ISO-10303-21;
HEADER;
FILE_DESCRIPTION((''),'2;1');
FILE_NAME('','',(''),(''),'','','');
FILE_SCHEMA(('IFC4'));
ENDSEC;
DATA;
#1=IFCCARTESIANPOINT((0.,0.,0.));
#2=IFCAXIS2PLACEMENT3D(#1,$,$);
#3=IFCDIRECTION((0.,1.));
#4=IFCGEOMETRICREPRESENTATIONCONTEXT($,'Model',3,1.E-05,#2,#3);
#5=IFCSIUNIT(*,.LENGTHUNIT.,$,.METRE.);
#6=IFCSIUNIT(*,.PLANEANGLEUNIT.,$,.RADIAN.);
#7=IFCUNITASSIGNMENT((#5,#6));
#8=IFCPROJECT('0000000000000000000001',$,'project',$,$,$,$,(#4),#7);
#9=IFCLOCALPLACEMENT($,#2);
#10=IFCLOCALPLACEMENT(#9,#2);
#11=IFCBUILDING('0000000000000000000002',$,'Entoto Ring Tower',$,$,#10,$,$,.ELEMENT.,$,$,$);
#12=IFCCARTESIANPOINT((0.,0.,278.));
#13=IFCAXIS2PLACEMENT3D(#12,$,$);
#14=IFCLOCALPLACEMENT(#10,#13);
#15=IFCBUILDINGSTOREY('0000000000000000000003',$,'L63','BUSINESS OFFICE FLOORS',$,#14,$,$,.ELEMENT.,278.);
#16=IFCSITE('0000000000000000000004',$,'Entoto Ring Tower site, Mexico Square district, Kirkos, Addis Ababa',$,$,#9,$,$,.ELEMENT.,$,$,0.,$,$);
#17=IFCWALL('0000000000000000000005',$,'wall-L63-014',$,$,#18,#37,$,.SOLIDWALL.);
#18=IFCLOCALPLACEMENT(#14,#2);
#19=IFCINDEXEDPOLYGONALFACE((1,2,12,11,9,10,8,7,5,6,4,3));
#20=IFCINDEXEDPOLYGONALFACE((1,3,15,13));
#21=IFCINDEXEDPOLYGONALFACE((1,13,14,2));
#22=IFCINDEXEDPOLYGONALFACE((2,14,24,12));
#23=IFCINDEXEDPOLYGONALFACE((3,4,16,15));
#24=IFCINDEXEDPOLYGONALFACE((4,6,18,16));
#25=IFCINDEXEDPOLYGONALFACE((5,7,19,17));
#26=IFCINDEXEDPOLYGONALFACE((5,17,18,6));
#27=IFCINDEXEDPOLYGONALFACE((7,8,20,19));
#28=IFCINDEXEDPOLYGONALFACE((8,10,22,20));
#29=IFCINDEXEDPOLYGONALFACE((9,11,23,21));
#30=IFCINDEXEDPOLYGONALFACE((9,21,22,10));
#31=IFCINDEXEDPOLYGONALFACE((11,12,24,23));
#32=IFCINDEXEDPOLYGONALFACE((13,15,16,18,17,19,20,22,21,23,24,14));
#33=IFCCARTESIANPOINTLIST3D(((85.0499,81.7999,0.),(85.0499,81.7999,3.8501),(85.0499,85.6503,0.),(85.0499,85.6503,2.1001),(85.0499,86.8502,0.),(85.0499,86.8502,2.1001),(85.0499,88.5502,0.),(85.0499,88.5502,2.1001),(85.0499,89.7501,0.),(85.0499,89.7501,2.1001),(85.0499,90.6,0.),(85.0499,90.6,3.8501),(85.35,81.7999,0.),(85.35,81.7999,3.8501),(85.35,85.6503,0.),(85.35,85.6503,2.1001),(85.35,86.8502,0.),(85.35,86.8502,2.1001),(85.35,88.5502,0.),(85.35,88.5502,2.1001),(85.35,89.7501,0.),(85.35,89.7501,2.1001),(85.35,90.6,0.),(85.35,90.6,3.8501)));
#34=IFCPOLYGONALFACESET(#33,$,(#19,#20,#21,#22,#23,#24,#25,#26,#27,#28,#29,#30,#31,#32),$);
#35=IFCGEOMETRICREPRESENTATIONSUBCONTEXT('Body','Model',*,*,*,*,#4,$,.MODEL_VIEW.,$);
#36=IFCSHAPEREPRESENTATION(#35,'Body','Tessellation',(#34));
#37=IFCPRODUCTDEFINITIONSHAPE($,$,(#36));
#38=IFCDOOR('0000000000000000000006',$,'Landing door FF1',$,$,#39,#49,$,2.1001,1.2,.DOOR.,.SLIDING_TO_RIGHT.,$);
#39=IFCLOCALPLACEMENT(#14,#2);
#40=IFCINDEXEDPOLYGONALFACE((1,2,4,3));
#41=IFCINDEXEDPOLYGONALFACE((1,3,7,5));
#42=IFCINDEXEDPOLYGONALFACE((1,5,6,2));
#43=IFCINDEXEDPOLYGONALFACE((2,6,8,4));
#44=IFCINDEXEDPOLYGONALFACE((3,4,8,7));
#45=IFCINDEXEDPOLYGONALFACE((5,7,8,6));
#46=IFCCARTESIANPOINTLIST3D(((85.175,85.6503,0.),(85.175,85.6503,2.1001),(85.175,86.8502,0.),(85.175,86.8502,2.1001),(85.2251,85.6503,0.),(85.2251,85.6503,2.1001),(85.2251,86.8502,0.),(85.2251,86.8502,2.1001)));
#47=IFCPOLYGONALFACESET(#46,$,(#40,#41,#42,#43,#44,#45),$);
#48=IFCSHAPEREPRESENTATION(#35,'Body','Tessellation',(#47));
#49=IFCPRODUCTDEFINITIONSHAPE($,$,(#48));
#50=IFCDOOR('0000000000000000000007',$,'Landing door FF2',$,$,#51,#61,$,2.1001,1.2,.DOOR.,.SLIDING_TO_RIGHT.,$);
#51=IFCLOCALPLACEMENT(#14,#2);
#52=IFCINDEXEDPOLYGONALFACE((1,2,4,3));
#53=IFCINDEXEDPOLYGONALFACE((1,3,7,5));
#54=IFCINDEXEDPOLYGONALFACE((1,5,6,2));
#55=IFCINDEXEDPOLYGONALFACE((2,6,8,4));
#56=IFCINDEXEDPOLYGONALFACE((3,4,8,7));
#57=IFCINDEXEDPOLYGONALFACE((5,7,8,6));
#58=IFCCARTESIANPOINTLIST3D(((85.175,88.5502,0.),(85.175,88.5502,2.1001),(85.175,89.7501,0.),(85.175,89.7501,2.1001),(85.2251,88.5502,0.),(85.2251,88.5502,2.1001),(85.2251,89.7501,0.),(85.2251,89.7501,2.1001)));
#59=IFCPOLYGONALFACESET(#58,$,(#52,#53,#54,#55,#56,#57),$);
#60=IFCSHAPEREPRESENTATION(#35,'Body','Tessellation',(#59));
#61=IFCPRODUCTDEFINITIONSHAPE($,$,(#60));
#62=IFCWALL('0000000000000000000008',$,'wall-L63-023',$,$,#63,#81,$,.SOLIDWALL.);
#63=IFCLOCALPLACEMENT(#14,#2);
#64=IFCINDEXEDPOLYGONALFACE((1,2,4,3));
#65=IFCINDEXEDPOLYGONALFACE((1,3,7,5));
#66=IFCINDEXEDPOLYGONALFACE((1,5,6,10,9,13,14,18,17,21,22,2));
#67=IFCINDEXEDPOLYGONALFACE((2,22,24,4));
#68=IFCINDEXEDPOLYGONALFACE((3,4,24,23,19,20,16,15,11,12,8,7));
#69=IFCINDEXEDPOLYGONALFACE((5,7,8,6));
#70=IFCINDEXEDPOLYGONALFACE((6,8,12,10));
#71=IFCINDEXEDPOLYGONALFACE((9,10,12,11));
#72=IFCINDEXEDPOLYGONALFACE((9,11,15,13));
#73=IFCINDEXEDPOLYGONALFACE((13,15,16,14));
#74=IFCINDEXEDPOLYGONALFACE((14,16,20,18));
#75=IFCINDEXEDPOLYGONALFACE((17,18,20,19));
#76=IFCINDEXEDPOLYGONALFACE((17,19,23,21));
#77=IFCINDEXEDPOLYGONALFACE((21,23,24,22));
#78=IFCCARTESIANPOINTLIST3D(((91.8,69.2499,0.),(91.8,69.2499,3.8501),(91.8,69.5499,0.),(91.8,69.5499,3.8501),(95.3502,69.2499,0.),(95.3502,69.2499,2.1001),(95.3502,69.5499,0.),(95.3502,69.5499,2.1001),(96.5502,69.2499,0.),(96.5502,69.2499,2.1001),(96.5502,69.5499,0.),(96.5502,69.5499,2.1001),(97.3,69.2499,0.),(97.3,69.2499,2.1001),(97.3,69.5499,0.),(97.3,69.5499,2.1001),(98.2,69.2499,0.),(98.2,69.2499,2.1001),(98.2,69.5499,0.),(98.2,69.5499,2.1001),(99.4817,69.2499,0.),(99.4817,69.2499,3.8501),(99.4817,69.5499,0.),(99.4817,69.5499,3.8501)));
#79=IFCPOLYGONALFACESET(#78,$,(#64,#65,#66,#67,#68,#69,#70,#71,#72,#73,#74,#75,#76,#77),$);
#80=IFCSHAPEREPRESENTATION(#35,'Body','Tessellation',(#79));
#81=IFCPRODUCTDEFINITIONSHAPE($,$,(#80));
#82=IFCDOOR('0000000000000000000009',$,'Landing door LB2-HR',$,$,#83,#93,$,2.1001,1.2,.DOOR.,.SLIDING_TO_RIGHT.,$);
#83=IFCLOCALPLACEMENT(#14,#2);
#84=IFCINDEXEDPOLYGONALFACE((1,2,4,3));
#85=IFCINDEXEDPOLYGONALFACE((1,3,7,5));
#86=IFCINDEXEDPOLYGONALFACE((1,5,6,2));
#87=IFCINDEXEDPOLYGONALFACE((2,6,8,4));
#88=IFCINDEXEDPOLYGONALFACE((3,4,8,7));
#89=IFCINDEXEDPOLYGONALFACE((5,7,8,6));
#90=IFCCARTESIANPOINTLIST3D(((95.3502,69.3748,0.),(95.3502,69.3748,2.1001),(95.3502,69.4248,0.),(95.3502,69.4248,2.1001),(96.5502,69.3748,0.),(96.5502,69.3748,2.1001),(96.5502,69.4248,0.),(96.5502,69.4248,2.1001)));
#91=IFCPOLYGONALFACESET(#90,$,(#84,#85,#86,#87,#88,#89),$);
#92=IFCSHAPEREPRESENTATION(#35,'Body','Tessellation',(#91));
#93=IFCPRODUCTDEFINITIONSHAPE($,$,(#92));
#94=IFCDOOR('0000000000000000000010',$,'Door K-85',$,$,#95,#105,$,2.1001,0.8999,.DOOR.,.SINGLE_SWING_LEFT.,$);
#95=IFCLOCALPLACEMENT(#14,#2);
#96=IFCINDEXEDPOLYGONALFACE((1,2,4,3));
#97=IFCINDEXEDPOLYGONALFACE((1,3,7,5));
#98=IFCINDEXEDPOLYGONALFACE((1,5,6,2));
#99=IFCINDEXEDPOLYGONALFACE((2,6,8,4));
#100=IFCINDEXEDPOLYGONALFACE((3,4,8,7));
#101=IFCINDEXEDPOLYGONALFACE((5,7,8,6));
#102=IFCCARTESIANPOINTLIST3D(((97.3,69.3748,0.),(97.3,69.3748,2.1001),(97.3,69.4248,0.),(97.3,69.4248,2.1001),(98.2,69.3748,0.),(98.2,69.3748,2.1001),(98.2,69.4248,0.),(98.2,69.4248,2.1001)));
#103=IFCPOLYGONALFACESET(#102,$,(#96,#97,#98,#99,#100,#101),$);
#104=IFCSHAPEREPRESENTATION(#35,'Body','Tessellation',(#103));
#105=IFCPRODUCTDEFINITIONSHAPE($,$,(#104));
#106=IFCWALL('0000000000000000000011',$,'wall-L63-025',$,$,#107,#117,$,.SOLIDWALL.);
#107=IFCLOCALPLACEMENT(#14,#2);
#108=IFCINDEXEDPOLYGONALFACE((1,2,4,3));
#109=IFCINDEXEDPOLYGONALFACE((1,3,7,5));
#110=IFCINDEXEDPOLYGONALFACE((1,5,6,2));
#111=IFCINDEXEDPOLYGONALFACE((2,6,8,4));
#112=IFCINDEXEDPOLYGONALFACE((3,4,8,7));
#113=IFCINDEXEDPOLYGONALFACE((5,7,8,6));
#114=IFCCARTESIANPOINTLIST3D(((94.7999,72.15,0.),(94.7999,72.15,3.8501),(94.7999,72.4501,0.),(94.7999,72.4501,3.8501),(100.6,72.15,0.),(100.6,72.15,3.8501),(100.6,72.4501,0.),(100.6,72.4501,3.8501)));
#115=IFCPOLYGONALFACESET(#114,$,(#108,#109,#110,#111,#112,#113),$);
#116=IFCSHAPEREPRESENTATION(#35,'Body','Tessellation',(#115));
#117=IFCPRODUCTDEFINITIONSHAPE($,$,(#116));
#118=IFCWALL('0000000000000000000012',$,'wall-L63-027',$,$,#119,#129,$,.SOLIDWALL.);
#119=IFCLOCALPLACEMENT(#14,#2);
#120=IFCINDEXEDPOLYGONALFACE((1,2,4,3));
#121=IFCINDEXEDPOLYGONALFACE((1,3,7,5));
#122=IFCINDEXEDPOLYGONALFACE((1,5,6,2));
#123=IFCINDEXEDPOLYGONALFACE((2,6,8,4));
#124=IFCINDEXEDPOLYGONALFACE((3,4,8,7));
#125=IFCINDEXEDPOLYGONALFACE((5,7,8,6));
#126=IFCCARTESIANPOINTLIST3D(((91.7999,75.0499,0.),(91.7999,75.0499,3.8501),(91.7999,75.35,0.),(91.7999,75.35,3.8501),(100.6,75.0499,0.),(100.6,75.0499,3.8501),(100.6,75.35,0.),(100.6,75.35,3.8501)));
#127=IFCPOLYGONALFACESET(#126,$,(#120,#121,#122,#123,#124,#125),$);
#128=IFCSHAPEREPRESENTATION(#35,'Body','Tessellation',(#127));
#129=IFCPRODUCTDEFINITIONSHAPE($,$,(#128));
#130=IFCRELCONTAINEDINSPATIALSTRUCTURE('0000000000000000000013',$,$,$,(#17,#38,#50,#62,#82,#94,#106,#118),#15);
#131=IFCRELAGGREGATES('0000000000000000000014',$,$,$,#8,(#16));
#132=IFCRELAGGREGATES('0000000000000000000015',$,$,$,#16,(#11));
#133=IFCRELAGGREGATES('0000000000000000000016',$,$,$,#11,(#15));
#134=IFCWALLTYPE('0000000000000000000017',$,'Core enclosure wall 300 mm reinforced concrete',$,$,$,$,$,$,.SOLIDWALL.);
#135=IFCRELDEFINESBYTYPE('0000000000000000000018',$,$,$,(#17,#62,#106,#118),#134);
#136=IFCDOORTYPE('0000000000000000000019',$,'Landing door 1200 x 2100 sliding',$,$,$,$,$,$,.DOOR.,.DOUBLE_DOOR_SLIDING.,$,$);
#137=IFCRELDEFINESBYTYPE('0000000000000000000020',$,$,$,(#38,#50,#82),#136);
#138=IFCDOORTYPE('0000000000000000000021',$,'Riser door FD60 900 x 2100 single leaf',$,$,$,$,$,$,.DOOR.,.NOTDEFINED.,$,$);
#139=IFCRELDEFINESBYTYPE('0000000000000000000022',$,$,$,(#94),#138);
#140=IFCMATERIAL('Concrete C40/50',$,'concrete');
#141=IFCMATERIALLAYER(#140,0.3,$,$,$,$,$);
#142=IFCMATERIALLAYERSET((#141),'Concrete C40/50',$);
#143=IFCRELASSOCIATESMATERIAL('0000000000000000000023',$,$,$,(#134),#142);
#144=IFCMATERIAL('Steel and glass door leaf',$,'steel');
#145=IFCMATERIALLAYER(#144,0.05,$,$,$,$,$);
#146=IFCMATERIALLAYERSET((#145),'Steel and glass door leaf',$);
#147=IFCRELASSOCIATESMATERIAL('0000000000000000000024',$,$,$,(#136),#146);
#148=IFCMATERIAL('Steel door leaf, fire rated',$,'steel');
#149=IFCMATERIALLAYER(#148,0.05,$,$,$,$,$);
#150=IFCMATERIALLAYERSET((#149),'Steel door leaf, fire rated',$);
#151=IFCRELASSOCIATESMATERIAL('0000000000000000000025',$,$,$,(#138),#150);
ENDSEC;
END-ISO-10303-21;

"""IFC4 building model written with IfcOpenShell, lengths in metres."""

from ifc_helpers import new_model, si_unit, direction, frame, frame_2d, origin, place, context, subcontext, project, spatial, rectangle, extrude, material, layer, layer_set, type_object, element, fill, save


model = new_model("IFC4")

# Units and contexts
model_context = context("Model", 3, precision=1e-05, world=origin(), true_north=direction((0.0, 1.0)))
body_context = subcontext(model_context, "Body", "Model", "MODEL_VIEW")
ifc_project = project(units=[si_unit("LENGTHUNIT", "METRE"), si_unit("PLANEANGLEUNIT", "RADIAN")], contexts=[model_context])

# Site, building, storey
site_placement = place(None, origin())
site = spatial("IfcSite", under=ifc_project, at=site_placement, Name="Entoto Ring Tower site, Mexico Square district, Kirkos, Addis Ababa", CompositionType="ELEMENT", RefElevation=0.0)
building_placement = place(site_placement, origin())
building = spatial("IfcBuilding", under=site, at=building_placement, Name="Entoto Ring Tower", CompositionType="ELEMENT")
storey_placement = place(building_placement, frame((0.0, 0.0, 278.0)))
storey = spatial("IfcBuildingStorey", under=building, at=storey_placement, Name="L63", Description="BUSINESS OFFICE FLOORS", CompositionType="ELEMENT", Elevation=278.0)

# Shared definitions
ifc_material_1 = material(Name="Concrete C40/50", Category="concrete")
ifc_layer_1 = layer(ifc_material_1, 0.3)
ifc_layer_set_1 = layer_set([ifc_layer_1], Name="Concrete C40/50")
wall_type = type_object("IfcWallType", Name="Core enclosure wall 300 mm reinforced concrete", PredefinedType="SOLIDWALL", material=ifc_layer_set_1)

# Walls, openings, doors
wall_1_placement = place(storey_placement, frame((85.2, 81.8, 0.0), z_axis=(0.0, 0.0, 1.0), x_axis=(0.0, 1.0, 0.0)))
wall_1 = element("IfcWall", 1, at=wall_1_placement, inside=storey, type_object=wall_type, Name="wall-L63-014", PredefinedType="SOLIDWALL", context=body_context, shape_type="SweptSolid", body=[
    extrude(rectangle(XDim=8.8, YDim=0.3, at=frame_2d((4.3999, 0.0))), origin(), (0.0, 0.0, 1.0), 3.8501),
])
opening_1_placement = place(wall_1_placement, frame((3.8501, 0.0, 0.0)))
opening_1 = element("IfcOpeningElement", 2, at=opening_1_placement, cuts=wall_1, PredefinedType="OPENING", context=body_context, shape_type="SweptSolid", body=[
    extrude(rectangle(XDim=1.2, YDim=2.1001, at=frame_2d((0.6001, 1.05))), frame((0.0, 0.1602, 0.0), z_axis=(0.0, -1.0, 0.0), x_axis=(1.0, 0.0, 0.0)), (0.0, 0.0, 1.0), 0.3201),
])
opening_2_placement = place(wall_1_placement, frame((6.75, 0.0, 0.0)))
opening_2 = element("IfcOpeningElement", 3, at=opening_2_placement, cuts=wall_1, PredefinedType="OPENING", context=body_context, shape_type="SweptSolid", body=[
    extrude(rectangle(XDim=1.2, YDim=2.1001, at=frame_2d((0.6001, 1.05))), frame((0.0, 0.1602, 0.0), z_axis=(0.0, -1.0, 0.0), x_axis=(1.0, 0.0, 0.0)), (0.0, 0.0, 1.0), 0.3201),
])
ifc_material_2 = material(Name="Steel and glass door leaf", Category="steel")
ifc_layer_2 = layer(ifc_material_2, 0.05)
ifc_layer_set_2 = layer_set([ifc_layer_2], Name="Steel and glass door leaf")
door_type_1 = type_object("IfcDoorType", Name="Landing door 1200 x 2100 sliding", OperationType="DOUBLE_DOOR_SLIDING", PredefinedType="DOOR", material=ifc_layer_set_2)
door_1_placement = place(opening_1_placement, origin())
door_1 = element("IfcDoor", 4, at=door_1_placement, inside=storey, type_object=door_type_1, Name="Landing door FF1", OperationType="SLIDING_TO_RIGHT", OverallHeight=2.1001, OverallWidth=1.2, PredefinedType="DOOR", context=body_context, shape_type="SweptSolid", body=[
    extrude(rectangle(XDim=1.2, YDim=2.1001, at=frame_2d((0.6001, 1.05))), frame((0.0, 0.0249, 0.0), z_axis=(0.0, -1.0, 0.0), x_axis=(1.0, 0.0, 0.0)), (0.0, 0.0, 1.0), 0.05),
])
fill(opening_1, door_1)
door_2_placement = place(opening_2_placement, origin())
door_2 = element("IfcDoor", 5, at=door_2_placement, inside=storey, type_object=door_type_1, Name="Landing door FF2", OperationType="SLIDING_TO_RIGHT", OverallHeight=2.1001, OverallWidth=1.2, PredefinedType="DOOR", context=body_context, shape_type="SweptSolid", body=[
    extrude(rectangle(XDim=1.2, YDim=2.1001, at=frame_2d((0.6001, 1.05))), frame((0.0, 0.0249, 0.0), z_axis=(0.0, -1.0, 0.0), x_axis=(1.0, 0.0, 0.0)), (0.0, 0.0, 1.0), 0.05),
])
fill(opening_2, door_2)
wall_2_placement = place(storey_placement, frame((91.8, 69.3999, 0.0), z_axis=(0.0, 0.0, 1.0), x_axis=(1.0, 0.0, 0.0)))
wall_2 = element("IfcWall", 6, at=wall_2_placement, inside=storey, type_object=wall_type, Name="wall-L63-023", PredefinedType="SOLIDWALL", context=body_context, shape_type="SweptSolid", body=[
    extrude(rectangle(XDim=7.6816, YDim=0.3, at=frame_2d((3.8408, 0.0))), origin(), (0.0, 0.0, 1.0), 3.8501),
])
opening_3_placement = place(wall_2_placement, frame((3.55, 0.0, 0.0)))
opening_3 = element("IfcOpeningElement", 7, at=opening_3_placement, cuts=wall_2, PredefinedType="OPENING", context=body_context, shape_type="SweptSolid", body=[
    extrude(rectangle(XDim=1.2, YDim=2.1001, at=frame_2d((0.6001, 1.05))), frame((0.0, 0.1602, 0.0), z_axis=(0.0, -1.0, 0.0), x_axis=(1.0, 0.0, 0.0)), (0.0, 0.0, 1.0), 0.3201),
])
opening_4_placement = place(wall_2_placement, frame((5.5, 0.0, 0.0)))
opening_4 = element("IfcOpeningElement", 8, at=opening_4_placement, cuts=wall_2, PredefinedType="OPENING", context=body_context, shape_type="SweptSolid", body=[
    extrude(rectangle(XDim=0.8999, YDim=2.1001, at=frame_2d((0.45, 1.05))), frame((0.0, 0.1602, 0.0), z_axis=(0.0, -1.0, 0.0), x_axis=(1.0, 0.0, 0.0)), (0.0, 0.0, 1.0), 0.3201),
])
door_3_placement = place(opening_3_placement, origin())
door_3 = element("IfcDoor", 9, at=door_3_placement, inside=storey, type_object=door_type_1, Name="Landing door LB2-HR", OperationType="SLIDING_TO_RIGHT", OverallHeight=2.1001, OverallWidth=1.2, PredefinedType="DOOR", context=body_context, shape_type="SweptSolid", body=[
    extrude(rectangle(XDim=1.2, YDim=2.1001, at=frame_2d((0.6001, 1.05))), frame((0.0, 0.0249, 0.0), z_axis=(0.0, -1.0, 0.0), x_axis=(1.0, 0.0, 0.0)), (0.0, 0.0, 1.0), 0.05),
])
fill(opening_3, door_3)
ifc_material_3 = material(Name="Steel door leaf, fire rated", Category="steel")
ifc_layer_3 = layer(ifc_material_3, 0.05)
ifc_layer_set_3 = layer_set([ifc_layer_3], Name="Steel door leaf, fire rated")
door_type_2 = type_object("IfcDoorType", Name="Riser door FD60 900 x 2100 single leaf", OperationType="NOTDEFINED", PredefinedType="DOOR", material=ifc_layer_set_3)
door_4_placement = place(opening_4_placement, origin())
door_4 = element("IfcDoor", 10, at=door_4_placement, inside=storey, type_object=door_type_2, Name="Door K-85", OperationType="SINGLE_SWING_LEFT", OverallHeight=2.1001, OverallWidth=0.8999, PredefinedType="DOOR", context=body_context, shape_type="SweptSolid", body=[
    extrude(rectangle(XDim=0.8999, YDim=2.1001, at=frame_2d((0.45, 1.05))), frame((0.0, 0.0249, 0.0), z_axis=(0.0, -1.0, 0.0), x_axis=(1.0, 0.0, 0.0)), (0.0, 0.0, 1.0), 0.05),
])
fill(opening_4, door_4)

# Walls
wall_3_placement = place(storey_placement, frame((94.8, 72.3, 0.0), z_axis=(0.0, 0.0, 1.0), x_axis=(1.0, 0.0, 0.0)))
element("IfcWall", 11, at=wall_3_placement, inside=storey, type_object=wall_type, Name="wall-L63-025", PredefinedType="SOLIDWALL", context=body_context, shape_type="SweptSolid", body=[
    extrude(rectangle(XDim=5.8, YDim=0.3, at=frame_2d((2.8999, 0.0))), origin(), (0.0, 0.0, 1.0), 3.8501),
])
wall_4_placement = place(storey_placement, frame((91.8, 75.2, 0.0), z_axis=(0.0, 0.0, 1.0), x_axis=(1.0, 0.0, 0.0)))
element("IfcWall", 12, at=wall_4_placement, inside=storey, type_object=wall_type, Name="wall-L63-027", PredefinedType="SOLIDWALL", context=body_context, shape_type="SweptSolid", body=[
    extrude(rectangle(XDim=8.8, YDim=0.3, at=frame_2d((4.3999, 0.0))), origin(), (0.0, 0.0, 1.0), 3.8501),
])

save(model, "model.ifc")
